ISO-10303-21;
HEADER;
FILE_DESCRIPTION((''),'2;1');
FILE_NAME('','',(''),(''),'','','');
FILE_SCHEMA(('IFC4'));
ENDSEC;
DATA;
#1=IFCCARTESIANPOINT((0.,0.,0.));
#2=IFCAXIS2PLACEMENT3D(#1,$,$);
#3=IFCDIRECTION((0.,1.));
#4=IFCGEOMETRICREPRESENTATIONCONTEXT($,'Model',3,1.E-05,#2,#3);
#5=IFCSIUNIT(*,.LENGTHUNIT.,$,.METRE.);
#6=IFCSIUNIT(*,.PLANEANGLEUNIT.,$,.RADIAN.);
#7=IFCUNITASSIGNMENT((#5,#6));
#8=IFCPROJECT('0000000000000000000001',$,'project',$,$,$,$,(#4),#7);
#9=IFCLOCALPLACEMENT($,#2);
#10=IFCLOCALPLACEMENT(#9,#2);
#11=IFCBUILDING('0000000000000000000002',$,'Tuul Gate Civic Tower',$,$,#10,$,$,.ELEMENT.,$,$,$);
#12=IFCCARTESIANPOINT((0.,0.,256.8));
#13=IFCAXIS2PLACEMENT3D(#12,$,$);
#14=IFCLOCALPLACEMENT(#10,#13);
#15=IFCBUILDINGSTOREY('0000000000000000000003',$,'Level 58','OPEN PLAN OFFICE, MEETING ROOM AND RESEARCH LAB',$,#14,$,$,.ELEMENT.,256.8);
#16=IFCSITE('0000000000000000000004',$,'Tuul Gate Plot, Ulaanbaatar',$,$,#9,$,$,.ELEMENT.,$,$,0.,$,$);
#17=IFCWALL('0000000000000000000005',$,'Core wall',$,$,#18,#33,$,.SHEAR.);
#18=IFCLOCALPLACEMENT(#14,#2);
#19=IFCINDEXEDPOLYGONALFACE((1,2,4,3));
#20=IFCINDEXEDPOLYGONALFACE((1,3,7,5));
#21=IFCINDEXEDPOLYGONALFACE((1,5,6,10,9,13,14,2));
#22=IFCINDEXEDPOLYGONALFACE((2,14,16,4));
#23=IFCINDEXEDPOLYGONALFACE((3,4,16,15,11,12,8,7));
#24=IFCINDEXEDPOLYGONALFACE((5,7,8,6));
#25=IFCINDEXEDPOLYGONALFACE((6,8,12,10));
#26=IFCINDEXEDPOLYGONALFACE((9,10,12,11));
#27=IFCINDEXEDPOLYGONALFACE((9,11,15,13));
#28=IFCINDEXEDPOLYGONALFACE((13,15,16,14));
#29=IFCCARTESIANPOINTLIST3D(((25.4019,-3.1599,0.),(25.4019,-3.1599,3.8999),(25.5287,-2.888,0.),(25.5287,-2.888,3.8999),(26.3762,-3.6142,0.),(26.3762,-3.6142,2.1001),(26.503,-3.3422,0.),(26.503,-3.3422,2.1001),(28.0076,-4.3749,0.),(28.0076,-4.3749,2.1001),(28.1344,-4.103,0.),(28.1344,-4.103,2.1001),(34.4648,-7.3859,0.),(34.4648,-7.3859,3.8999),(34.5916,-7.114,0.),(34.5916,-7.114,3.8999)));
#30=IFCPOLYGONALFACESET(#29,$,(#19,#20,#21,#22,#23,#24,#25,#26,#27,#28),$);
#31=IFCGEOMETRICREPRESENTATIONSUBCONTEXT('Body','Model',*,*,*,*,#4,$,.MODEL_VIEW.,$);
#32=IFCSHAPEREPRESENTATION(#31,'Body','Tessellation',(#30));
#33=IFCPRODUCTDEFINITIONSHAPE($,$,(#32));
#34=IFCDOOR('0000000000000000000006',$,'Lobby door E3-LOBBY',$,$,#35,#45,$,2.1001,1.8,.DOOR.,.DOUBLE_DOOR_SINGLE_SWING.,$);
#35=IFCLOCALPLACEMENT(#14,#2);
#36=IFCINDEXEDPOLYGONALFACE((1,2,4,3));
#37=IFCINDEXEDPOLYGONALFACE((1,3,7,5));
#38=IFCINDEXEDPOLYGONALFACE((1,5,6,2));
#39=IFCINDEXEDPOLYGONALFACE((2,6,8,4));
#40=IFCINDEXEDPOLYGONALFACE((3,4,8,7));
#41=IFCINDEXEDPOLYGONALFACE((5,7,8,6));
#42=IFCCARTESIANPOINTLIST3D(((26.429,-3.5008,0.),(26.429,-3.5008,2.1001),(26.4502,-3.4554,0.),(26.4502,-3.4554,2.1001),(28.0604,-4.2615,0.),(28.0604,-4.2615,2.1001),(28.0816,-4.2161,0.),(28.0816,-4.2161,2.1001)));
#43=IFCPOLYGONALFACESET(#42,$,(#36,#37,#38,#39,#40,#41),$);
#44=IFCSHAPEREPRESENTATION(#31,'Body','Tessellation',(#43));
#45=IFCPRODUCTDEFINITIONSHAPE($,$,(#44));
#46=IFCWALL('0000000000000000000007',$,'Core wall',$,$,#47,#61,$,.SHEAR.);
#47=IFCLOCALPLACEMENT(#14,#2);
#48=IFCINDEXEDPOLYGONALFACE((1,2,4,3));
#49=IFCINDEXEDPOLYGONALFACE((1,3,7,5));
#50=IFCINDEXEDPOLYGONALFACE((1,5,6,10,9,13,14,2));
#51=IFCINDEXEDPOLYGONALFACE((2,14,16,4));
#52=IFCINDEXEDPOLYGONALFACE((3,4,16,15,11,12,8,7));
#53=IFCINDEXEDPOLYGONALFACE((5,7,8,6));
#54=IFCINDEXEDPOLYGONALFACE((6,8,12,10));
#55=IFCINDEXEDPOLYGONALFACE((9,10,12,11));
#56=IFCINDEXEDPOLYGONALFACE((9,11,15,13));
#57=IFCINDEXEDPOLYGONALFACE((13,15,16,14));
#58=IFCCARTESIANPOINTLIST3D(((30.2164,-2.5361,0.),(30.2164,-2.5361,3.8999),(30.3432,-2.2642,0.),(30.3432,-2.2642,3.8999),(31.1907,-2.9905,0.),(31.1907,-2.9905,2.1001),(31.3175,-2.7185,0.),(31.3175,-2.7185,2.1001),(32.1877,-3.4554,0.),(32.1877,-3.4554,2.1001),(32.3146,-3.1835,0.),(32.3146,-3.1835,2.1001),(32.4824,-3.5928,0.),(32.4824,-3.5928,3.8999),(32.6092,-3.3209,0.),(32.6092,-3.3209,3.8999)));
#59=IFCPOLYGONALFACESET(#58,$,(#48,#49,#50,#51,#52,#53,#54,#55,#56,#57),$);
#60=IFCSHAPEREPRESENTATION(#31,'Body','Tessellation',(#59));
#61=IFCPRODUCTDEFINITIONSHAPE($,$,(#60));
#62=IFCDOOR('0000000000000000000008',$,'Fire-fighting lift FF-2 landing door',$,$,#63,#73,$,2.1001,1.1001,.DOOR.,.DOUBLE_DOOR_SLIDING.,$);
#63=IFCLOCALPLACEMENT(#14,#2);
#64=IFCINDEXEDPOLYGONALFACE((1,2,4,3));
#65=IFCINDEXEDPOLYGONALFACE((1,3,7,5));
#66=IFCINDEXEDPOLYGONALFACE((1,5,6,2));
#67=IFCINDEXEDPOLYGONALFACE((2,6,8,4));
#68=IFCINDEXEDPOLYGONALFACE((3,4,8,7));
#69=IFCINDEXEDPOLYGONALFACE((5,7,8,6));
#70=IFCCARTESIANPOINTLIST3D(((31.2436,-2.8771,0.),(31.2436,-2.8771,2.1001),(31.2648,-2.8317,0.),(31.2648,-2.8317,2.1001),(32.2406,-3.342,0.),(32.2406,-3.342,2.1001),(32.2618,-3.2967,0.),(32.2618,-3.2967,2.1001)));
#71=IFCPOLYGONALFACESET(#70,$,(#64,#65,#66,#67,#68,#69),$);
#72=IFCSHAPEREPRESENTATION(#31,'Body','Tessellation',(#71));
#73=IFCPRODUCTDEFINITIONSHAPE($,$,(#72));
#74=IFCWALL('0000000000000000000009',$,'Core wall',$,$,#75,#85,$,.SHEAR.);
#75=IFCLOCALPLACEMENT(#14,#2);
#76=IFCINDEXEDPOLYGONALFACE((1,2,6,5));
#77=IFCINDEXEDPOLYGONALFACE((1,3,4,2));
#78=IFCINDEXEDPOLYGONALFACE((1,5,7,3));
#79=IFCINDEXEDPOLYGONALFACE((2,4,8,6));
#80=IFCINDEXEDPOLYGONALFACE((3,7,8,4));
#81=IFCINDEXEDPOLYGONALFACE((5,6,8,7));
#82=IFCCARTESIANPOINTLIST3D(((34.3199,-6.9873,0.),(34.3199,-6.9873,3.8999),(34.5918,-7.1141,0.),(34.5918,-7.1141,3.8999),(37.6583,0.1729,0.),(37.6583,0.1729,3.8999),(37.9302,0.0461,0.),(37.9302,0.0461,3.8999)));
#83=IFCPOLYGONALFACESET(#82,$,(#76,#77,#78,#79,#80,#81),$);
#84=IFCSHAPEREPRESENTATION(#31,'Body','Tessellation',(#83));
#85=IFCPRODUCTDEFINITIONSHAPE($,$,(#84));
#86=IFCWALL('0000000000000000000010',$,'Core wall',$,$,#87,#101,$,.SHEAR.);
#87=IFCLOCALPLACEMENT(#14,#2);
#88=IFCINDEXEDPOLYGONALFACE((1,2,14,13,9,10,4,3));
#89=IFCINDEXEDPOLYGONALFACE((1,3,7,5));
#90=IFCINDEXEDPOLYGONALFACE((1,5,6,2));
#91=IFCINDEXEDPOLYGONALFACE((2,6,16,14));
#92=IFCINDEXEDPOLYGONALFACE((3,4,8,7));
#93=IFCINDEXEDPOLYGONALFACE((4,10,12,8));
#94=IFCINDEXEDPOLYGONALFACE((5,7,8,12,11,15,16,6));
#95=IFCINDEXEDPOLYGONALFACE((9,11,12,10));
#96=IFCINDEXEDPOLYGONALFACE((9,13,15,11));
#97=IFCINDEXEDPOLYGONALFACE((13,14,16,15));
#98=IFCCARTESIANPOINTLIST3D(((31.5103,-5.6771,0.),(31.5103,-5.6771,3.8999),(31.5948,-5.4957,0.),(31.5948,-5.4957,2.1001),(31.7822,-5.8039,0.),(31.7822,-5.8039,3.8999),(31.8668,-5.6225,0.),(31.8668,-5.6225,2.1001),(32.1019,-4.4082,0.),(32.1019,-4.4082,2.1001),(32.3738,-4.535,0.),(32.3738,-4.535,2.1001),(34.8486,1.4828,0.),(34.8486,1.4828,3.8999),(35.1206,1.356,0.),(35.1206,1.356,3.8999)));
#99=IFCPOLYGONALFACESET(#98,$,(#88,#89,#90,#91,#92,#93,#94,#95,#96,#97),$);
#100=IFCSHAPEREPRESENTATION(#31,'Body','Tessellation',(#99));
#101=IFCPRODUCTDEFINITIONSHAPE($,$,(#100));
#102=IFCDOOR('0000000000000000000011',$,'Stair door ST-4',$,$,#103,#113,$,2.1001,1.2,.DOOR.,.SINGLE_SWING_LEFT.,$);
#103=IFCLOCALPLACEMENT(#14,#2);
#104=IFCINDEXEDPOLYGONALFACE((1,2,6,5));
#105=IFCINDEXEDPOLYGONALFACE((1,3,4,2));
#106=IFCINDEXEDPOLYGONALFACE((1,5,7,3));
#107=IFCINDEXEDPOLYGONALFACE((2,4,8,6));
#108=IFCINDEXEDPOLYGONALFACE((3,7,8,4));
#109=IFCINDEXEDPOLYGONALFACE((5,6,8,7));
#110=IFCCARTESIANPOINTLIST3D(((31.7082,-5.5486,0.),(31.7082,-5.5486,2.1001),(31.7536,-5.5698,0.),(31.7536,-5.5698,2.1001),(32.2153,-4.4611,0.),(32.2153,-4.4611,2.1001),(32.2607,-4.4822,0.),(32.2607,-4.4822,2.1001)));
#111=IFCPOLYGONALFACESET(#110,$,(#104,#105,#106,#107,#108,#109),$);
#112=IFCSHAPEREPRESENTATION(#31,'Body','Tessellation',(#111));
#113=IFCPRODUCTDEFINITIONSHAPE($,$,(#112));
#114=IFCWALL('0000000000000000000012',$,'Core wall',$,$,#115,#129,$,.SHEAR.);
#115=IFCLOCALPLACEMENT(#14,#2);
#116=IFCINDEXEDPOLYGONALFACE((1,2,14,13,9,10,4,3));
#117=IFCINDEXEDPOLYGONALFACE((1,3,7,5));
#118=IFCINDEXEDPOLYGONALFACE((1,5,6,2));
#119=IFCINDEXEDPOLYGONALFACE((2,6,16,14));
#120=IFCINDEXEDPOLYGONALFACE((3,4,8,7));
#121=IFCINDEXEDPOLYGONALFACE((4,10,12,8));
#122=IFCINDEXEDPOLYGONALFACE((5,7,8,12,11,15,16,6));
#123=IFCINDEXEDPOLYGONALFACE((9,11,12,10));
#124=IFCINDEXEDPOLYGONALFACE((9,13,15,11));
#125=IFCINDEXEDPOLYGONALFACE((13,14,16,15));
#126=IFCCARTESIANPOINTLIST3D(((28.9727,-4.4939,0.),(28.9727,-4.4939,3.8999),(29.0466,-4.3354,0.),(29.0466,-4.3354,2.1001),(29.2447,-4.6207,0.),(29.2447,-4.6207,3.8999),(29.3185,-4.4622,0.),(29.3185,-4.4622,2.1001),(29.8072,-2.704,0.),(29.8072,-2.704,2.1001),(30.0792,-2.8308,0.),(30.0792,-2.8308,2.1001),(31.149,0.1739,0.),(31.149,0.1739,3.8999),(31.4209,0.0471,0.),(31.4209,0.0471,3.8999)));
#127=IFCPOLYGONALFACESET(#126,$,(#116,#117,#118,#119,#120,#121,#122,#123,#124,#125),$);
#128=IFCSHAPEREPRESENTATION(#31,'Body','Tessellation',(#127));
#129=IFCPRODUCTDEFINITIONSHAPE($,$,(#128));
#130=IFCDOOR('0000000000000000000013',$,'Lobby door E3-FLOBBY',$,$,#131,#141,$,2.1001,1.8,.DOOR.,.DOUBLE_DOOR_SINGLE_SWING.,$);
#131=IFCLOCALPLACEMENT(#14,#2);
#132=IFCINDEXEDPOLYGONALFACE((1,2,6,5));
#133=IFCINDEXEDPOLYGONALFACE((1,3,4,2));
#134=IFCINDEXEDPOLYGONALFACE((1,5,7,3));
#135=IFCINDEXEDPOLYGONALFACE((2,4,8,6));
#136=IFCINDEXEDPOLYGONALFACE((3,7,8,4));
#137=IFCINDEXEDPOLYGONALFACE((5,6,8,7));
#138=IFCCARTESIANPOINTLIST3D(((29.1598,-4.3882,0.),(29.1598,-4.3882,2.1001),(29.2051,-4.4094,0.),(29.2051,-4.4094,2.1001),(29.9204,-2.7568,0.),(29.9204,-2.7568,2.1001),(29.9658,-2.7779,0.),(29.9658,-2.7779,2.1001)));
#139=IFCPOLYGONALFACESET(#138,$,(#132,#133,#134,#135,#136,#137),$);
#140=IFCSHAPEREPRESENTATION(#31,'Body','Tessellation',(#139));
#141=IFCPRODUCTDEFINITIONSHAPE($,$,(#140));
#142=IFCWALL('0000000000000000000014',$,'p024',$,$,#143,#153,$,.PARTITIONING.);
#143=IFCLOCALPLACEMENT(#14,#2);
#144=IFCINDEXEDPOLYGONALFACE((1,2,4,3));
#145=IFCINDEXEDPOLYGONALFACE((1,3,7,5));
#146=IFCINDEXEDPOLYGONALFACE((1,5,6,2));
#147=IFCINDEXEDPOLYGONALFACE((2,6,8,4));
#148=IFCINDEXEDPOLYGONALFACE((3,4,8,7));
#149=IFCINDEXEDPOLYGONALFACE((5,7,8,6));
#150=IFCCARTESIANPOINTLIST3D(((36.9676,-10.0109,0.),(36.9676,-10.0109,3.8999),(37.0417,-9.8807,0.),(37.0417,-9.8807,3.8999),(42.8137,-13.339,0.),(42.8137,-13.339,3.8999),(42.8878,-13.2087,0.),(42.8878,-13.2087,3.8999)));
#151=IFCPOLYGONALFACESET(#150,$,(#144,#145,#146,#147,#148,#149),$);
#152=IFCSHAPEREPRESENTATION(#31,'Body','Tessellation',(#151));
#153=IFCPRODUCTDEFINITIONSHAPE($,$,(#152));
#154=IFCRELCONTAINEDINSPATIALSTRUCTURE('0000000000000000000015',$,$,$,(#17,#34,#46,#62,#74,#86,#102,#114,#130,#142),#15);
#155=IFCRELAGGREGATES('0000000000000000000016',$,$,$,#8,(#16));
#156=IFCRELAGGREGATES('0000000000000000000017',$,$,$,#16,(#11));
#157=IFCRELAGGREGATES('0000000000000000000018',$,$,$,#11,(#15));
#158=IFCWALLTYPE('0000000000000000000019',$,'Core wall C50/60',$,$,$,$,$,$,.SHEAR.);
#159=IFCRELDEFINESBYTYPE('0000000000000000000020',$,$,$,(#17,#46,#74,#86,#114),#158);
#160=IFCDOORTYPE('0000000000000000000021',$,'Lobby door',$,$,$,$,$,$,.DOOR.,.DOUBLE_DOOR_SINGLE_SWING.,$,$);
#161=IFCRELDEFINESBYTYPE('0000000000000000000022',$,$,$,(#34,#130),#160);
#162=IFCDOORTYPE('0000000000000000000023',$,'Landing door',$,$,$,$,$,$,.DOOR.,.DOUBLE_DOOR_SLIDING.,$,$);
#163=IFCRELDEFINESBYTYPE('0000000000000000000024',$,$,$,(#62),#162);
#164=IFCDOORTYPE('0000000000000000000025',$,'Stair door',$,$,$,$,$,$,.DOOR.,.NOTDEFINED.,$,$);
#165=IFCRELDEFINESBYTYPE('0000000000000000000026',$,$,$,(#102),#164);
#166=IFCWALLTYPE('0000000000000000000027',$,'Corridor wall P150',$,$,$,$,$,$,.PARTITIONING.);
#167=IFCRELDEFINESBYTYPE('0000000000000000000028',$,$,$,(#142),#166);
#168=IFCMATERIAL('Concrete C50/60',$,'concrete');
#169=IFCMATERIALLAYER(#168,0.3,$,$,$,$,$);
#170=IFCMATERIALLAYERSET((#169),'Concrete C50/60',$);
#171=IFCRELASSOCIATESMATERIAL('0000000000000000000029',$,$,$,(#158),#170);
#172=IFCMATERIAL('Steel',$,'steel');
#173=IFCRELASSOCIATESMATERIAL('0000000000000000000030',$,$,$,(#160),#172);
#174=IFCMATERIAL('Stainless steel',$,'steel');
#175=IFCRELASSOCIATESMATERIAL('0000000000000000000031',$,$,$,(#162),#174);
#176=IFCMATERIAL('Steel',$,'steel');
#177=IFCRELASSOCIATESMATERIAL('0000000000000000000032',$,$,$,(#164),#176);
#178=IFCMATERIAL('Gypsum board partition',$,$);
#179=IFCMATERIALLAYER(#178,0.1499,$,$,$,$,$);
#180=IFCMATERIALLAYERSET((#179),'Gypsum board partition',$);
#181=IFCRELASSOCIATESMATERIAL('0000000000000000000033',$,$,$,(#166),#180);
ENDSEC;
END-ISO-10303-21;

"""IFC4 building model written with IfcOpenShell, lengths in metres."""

from ifc_helpers import new_model, si_unit, direction, frame, frame_2d, origin, place, context, subcontext, project, spatial, rectangle, extrude, material, layer, layer_set, type_object, element, fill, save


model = new_model("IFC4")

# Units and contexts
model_context = context("Model", 3, precision=1e-05, world=origin(), true_north=direction((0.0, 1.0)))
body_context = subcontext(model_context, "Body", "Model", "MODEL_VIEW")
ifc_project = project(units=[si_unit("LENGTHUNIT", "METRE"), si_unit("PLANEANGLEUNIT", "RADIAN")], contexts=[model_context])

# Site, building, storey
site_placement = place(None, origin())
site = spatial("IfcSite", under=ifc_project, at=site_placement, Name="Tuul Gate Plot, Ulaanbaatar", CompositionType="ELEMENT", RefElevation=0.0)
building_placement = place(site_placement, origin())
building = spatial("IfcBuilding", under=site, at=building_placement, Name="Tuul Gate Civic Tower", CompositionType="ELEMENT")
storey_placement = place(building_placement, frame((0.0, 0.0, 256.8)))
storey = spatial("IfcBuildingStorey", under=building, at=storey_placement, Name="Level 58", Description="OPEN PLAN OFFICE, MEETING ROOM AND RESEARCH LAB", CompositionType="ELEMENT", Elevation=256.8)

# Walls, openings, doors
ifc_material_1 = material(Name="Concrete C50/60", Category="concrete")
ifc_layer_1 = layer(ifc_material_1, 0.3)
ifc_layer_set_1 = layer_set([ifc_layer_1], Name="Concrete C50/60")
wall_type_1 = type_object("IfcWallType", Name="Core wall C50/60", PredefinedType="SHEAR", material=ifc_layer_set_1)
wall_1_placement = place(storey_placement, frame((34.5283, -7.25, 0.0), z_axis=(0.0, 0.0, 1.0), x_axis=(-0.90631, 0.422613, 0.0)))
wall_1 = element("IfcWall", 1, at=wall_1_placement, inside=storey, type_object=wall_type_1, Name="Core wall", PredefinedType="SHEAR", context=body_context, shape_type="SweptSolid", body=[
    extrude(rectangle(XDim=9.9998, YDim=0.3, at=frame_2d((5.0, 0.0))), origin(), (0.0, 0.0, 1.0), 3.8999),
])
opening_1_placement = place(wall_1_placement, frame((7.125, 0.0, 0.0)))
opening_1 = element("IfcOpeningElement", 2, at=opening_1_placement, cuts=wall_1, PredefinedType="OPENING", context=body_context, shape_type="SweptSolid", body=[
    extrude(rectangle(XDim=1.8, YDim=2.1001, at=frame_2d((0.8999, 1.05))), frame((0.0, 0.1602, 0.0), z_axis=(0.0, -1.0, 0.0), x_axis=(1.0, 0.0, 0.0)), (0.0, 0.0, 1.0), 0.3201),
])
ifc_material_2 = material(Name="Steel", Category="steel")
door_type_1 = type_object("IfcDoorType", Name="Lobby door", OperationType="DOUBLE_DOOR_SINGLE_SWING", PredefinedType="DOOR", material=ifc_material_2)
door_1_placement = place(opening_1_placement, origin())
door_1 = element("IfcDoor", 3, at=door_1_placement, inside=storey, type_object=door_type_1, Name="Lobby door E3-LOBBY", OperationType="DOUBLE_DOOR_SINGLE_SWING", OverallHeight=2.1001, OverallWidth=1.8, PredefinedType="DOOR", context=body_context, shape_type="SweptSolid", body=[
    extrude(rectangle(XDim=1.8, YDim=2.1001, at=frame_2d((0.8999, 1.05))), frame((0.0, 0.0249, 0.0), z_axis=(0.0, -1.0, 0.0), x_axis=(1.0, 0.0, 0.0)), (0.0, 0.0, 1.0), 0.05),
])
fill(opening_1, door_1)
wall_2_placement = place(storey_placement, frame((32.5457, -3.4568, 0.0), z_axis=(0.0, 0.0, 1.0), x_axis=(-0.9063, 0.422634, 0.0)))
wall_2 = element("IfcWall", 4, at=wall_2_placement, inside=storey, type_object=wall_type_1, Name="Core wall", PredefinedType="SHEAR", context=body_context, shape_type="SweptSolid", body=[
    extrude(rectangle(XDim=2.5002, YDim=0.3, at=frame_2d((1.25, 0.0))), origin(), (0.0, 0.0, 1.0), 3.8999),
])
opening_2_placement = place(wall_2_placement, frame((0.325, 0.0, 0.0)))
opening_2 = element("IfcOpeningElement", 5, at=opening_2_placement, cuts=wall_2, PredefinedType="OPENING", context=body_context, shape_type="SweptSolid", body=[
    extrude(rectangle(XDim=1.1001, YDim=2.1001, at=frame_2d((0.55, 1.05))), frame((0.0, 0.1602, 0.0), z_axis=(0.0, -1.0, 0.0), x_axis=(1.0, 0.0, 0.0)), (0.0, 0.0, 1.0), 0.3201),
])
ifc_material_3 = material(Name="Stainless steel", Category="steel")
door_type_2 = type_object("IfcDoorType", Name="Landing door", OperationType="DOUBLE_DOOR_SLIDING", PredefinedType="DOOR", material=ifc_material_3)
door_2_placement = place(opening_2_placement, origin())
door_2 = element("IfcDoor", 6, at=door_2_placement, inside=storey, type_object=door_type_2, Name="Fire-fighting lift FF-2 landing door", OperationType="DOUBLE_DOOR_SLIDING", OverallHeight=2.1001, OverallWidth=1.1001, PredefinedType="DOOR", context=body_context, shape_type="SweptSolid", body=[
    extrude(rectangle(XDim=1.1001, YDim=2.1001, at=frame_2d((0.55, 1.05))), frame((0.0, 0.0249, 0.0), z_axis=(0.0, -1.0, 0.0), x_axis=(1.0, 0.0, 0.0)), (0.0, 0.0, 1.0), 0.05),
])
fill(opening_2, door_2)

# Wall
wall_3_placement = place(storey_placement, frame((34.4558, -7.0508, 0.0), z_axis=(0.0, 0.0, 1.0), x_axis=(0.422571, 0.90633, 0.0)))
element("IfcWall", 7, at=wall_3_placement, inside=storey, type_object=wall_type_1, Name="Core wall", PredefinedType="SHEAR", context=body_context, shape_type="SweptSolid", body=[
    extrude(rectangle(XDim=7.9001, YDim=0.3, at=frame_2d((3.9502, 0.0))), origin(), (0.0, 0.0, 1.0), 3.8999),
])

# Walls, openings, doors
wall_4_placement = place(storey_placement, frame((31.6462, -5.7405, 0.0), z_axis=(0.0, 0.0, 1.0), x_axis=(0.422583, 0.906324, 0.0)))
wall_4 = element("IfcWall", 8, at=wall_4_placement, inside=storey, type_object=wall_type_1, Name="Core wall", PredefinedType="SHEAR", context=body_context, shape_type="SweptSolid", body=[
    extrude(rectangle(XDim=7.8999, YDim=0.3, at=frame_2d((3.95, 0.0))), origin(), (0.0, 0.0, 1.0), 3.8999),
])
opening_3_placement = place(wall_4_placement, frame((0.2, 0.0, 0.0)))
opening_3 = element("IfcOpeningElement", 9, at=opening_3_placement, cuts=wall_4, PredefinedType="OPENING", context=body_context, shape_type="SweptSolid", body=[
    extrude(rectangle(XDim=1.2, YDim=2.1001, at=frame_2d((0.6001, 1.05))), frame((0.0, 0.1602, 0.0), z_axis=(0.0, -1.0, 0.0), x_axis=(1.0, 0.0, 0.0)), (0.0, 0.0, 1.0), 0.3201),
])
ifc_material_4 = material(Name="Steel", Category="steel")
door_type_3 = type_object("IfcDoorType", Name="Stair door", OperationType="NOTDEFINED", PredefinedType="DOOR", material=ifc_material_4)
door_3_placement = place(opening_3_placement, origin())
door_3 = element("IfcDoor", 10, at=door_3_placement, inside=storey, type_object=door_type_3, Name="Stair door ST-4", OperationType="SINGLE_SWING_LEFT", OverallHeight=2.1001, OverallWidth=1.2, PredefinedType="DOOR", context=body_context, shape_type="SweptSolid", body=[
    extrude(rectangle(XDim=1.2, YDim=2.1001, at=frame_2d((0.6001, 1.05))), frame((0.0, 0.0249, 0.0), z_axis=(0.0, -1.0, 0.0), x_axis=(1.0, 0.0, 0.0)), (0.0, 0.0, 1.0), 0.05),
])
fill(opening_3, door_3)
wall_5_placement = place(storey_placement, frame((29.1086, -4.5574, 0.0), z_axis=(0.0, 0.0, 1.0), x_axis=(0.422566, 0.906332, 0.0)))
wall_5 = element("IfcWall", 11, at=wall_5_placement, inside=storey, type_object=wall_type_1, Name="Core wall", PredefinedType="SHEAR", context=body_context, shape_type="SweptSolid", body=[
    extrude(rectangle(XDim=5.1501, YDim=0.3, at=frame_2d((2.5752, 0.0))), origin(), (0.0, 0.0, 1.0), 3.8999),
])
opening_4_placement = place(wall_5_placement, frame((0.175, 0.0, 0.0)))
opening_4 = element("IfcOpeningElement", 12, at=opening_4_placement, cuts=wall_5, PredefinedType="OPENING", context=body_context, shape_type="SweptSolid", body=[
    extrude(rectangle(XDim=1.8, YDim=2.1001, at=frame_2d((0.8999, 1.05))), frame((0.0, 0.1602, 0.0), z_axis=(0.0, -1.0, 0.0), x_axis=(1.0, 0.0, 0.0)), (0.0, 0.0, 1.0), 0.3201),
])
door_4_placement = place(opening_4_placement, frame((1.8, 0.0, 0.0), z_axis=(0.0, 0.0, 1.0), x_axis=(-1.0, 0.0, 0.0)))
door_4 = element("IfcDoor", 13, at=door_4_placement, inside=storey, type_object=door_type_1, Name="Lobby door E3-FLOBBY", OperationType="DOUBLE_DOOR_SINGLE_SWING", OverallHeight=2.1001, OverallWidth=1.8, PredefinedType="DOOR", context=body_context, shape_type="SweptSolid", body=[
    extrude(rectangle(XDim=1.8, YDim=2.1001, at=frame_2d((0.9001, 1.05))), frame((0.0, 0.0249, 0.0), z_axis=(0.0, -1.0, 0.0), x_axis=(1.0, 0.0, 0.0)), (0.0, 0.0, 1.0), 0.05),
])
fill(opening_4, door_4)

# Wall
ifc_material_5 = material(Name="Gypsum board partition")
ifc_layer_2 = layer(ifc_material_5, 0.1499)
ifc_layer_set_2 = layer_set([ifc_layer_2], Name="Gypsum board partition")
wall_type_2 = type_object("IfcWallType", Name="Corridor wall P150", PredefinedType="PARTITIONING", material=ifc_layer_set_2)
wall_6_placement = place(storey_placement, frame((37.0046, -9.9458, 0.0), z_axis=(0.0, 0.0, 1.0), x_axis=(0.869046, -0.494731, 0.0)))
element("IfcWall", 14, at=wall_6_placement, inside=storey, type_object=wall_type_2, Name="p024", PredefinedType="PARTITIONING", context=body_context, shape_type="SweptSolid", body=[
    extrude(rectangle(XDim=6.7271, YDim=0.1499, at=frame_2d((3.3635, 0.0))), origin(), (0.0, 0.0, 1.0), 3.8999),
])

save(model, "model.ifc")
